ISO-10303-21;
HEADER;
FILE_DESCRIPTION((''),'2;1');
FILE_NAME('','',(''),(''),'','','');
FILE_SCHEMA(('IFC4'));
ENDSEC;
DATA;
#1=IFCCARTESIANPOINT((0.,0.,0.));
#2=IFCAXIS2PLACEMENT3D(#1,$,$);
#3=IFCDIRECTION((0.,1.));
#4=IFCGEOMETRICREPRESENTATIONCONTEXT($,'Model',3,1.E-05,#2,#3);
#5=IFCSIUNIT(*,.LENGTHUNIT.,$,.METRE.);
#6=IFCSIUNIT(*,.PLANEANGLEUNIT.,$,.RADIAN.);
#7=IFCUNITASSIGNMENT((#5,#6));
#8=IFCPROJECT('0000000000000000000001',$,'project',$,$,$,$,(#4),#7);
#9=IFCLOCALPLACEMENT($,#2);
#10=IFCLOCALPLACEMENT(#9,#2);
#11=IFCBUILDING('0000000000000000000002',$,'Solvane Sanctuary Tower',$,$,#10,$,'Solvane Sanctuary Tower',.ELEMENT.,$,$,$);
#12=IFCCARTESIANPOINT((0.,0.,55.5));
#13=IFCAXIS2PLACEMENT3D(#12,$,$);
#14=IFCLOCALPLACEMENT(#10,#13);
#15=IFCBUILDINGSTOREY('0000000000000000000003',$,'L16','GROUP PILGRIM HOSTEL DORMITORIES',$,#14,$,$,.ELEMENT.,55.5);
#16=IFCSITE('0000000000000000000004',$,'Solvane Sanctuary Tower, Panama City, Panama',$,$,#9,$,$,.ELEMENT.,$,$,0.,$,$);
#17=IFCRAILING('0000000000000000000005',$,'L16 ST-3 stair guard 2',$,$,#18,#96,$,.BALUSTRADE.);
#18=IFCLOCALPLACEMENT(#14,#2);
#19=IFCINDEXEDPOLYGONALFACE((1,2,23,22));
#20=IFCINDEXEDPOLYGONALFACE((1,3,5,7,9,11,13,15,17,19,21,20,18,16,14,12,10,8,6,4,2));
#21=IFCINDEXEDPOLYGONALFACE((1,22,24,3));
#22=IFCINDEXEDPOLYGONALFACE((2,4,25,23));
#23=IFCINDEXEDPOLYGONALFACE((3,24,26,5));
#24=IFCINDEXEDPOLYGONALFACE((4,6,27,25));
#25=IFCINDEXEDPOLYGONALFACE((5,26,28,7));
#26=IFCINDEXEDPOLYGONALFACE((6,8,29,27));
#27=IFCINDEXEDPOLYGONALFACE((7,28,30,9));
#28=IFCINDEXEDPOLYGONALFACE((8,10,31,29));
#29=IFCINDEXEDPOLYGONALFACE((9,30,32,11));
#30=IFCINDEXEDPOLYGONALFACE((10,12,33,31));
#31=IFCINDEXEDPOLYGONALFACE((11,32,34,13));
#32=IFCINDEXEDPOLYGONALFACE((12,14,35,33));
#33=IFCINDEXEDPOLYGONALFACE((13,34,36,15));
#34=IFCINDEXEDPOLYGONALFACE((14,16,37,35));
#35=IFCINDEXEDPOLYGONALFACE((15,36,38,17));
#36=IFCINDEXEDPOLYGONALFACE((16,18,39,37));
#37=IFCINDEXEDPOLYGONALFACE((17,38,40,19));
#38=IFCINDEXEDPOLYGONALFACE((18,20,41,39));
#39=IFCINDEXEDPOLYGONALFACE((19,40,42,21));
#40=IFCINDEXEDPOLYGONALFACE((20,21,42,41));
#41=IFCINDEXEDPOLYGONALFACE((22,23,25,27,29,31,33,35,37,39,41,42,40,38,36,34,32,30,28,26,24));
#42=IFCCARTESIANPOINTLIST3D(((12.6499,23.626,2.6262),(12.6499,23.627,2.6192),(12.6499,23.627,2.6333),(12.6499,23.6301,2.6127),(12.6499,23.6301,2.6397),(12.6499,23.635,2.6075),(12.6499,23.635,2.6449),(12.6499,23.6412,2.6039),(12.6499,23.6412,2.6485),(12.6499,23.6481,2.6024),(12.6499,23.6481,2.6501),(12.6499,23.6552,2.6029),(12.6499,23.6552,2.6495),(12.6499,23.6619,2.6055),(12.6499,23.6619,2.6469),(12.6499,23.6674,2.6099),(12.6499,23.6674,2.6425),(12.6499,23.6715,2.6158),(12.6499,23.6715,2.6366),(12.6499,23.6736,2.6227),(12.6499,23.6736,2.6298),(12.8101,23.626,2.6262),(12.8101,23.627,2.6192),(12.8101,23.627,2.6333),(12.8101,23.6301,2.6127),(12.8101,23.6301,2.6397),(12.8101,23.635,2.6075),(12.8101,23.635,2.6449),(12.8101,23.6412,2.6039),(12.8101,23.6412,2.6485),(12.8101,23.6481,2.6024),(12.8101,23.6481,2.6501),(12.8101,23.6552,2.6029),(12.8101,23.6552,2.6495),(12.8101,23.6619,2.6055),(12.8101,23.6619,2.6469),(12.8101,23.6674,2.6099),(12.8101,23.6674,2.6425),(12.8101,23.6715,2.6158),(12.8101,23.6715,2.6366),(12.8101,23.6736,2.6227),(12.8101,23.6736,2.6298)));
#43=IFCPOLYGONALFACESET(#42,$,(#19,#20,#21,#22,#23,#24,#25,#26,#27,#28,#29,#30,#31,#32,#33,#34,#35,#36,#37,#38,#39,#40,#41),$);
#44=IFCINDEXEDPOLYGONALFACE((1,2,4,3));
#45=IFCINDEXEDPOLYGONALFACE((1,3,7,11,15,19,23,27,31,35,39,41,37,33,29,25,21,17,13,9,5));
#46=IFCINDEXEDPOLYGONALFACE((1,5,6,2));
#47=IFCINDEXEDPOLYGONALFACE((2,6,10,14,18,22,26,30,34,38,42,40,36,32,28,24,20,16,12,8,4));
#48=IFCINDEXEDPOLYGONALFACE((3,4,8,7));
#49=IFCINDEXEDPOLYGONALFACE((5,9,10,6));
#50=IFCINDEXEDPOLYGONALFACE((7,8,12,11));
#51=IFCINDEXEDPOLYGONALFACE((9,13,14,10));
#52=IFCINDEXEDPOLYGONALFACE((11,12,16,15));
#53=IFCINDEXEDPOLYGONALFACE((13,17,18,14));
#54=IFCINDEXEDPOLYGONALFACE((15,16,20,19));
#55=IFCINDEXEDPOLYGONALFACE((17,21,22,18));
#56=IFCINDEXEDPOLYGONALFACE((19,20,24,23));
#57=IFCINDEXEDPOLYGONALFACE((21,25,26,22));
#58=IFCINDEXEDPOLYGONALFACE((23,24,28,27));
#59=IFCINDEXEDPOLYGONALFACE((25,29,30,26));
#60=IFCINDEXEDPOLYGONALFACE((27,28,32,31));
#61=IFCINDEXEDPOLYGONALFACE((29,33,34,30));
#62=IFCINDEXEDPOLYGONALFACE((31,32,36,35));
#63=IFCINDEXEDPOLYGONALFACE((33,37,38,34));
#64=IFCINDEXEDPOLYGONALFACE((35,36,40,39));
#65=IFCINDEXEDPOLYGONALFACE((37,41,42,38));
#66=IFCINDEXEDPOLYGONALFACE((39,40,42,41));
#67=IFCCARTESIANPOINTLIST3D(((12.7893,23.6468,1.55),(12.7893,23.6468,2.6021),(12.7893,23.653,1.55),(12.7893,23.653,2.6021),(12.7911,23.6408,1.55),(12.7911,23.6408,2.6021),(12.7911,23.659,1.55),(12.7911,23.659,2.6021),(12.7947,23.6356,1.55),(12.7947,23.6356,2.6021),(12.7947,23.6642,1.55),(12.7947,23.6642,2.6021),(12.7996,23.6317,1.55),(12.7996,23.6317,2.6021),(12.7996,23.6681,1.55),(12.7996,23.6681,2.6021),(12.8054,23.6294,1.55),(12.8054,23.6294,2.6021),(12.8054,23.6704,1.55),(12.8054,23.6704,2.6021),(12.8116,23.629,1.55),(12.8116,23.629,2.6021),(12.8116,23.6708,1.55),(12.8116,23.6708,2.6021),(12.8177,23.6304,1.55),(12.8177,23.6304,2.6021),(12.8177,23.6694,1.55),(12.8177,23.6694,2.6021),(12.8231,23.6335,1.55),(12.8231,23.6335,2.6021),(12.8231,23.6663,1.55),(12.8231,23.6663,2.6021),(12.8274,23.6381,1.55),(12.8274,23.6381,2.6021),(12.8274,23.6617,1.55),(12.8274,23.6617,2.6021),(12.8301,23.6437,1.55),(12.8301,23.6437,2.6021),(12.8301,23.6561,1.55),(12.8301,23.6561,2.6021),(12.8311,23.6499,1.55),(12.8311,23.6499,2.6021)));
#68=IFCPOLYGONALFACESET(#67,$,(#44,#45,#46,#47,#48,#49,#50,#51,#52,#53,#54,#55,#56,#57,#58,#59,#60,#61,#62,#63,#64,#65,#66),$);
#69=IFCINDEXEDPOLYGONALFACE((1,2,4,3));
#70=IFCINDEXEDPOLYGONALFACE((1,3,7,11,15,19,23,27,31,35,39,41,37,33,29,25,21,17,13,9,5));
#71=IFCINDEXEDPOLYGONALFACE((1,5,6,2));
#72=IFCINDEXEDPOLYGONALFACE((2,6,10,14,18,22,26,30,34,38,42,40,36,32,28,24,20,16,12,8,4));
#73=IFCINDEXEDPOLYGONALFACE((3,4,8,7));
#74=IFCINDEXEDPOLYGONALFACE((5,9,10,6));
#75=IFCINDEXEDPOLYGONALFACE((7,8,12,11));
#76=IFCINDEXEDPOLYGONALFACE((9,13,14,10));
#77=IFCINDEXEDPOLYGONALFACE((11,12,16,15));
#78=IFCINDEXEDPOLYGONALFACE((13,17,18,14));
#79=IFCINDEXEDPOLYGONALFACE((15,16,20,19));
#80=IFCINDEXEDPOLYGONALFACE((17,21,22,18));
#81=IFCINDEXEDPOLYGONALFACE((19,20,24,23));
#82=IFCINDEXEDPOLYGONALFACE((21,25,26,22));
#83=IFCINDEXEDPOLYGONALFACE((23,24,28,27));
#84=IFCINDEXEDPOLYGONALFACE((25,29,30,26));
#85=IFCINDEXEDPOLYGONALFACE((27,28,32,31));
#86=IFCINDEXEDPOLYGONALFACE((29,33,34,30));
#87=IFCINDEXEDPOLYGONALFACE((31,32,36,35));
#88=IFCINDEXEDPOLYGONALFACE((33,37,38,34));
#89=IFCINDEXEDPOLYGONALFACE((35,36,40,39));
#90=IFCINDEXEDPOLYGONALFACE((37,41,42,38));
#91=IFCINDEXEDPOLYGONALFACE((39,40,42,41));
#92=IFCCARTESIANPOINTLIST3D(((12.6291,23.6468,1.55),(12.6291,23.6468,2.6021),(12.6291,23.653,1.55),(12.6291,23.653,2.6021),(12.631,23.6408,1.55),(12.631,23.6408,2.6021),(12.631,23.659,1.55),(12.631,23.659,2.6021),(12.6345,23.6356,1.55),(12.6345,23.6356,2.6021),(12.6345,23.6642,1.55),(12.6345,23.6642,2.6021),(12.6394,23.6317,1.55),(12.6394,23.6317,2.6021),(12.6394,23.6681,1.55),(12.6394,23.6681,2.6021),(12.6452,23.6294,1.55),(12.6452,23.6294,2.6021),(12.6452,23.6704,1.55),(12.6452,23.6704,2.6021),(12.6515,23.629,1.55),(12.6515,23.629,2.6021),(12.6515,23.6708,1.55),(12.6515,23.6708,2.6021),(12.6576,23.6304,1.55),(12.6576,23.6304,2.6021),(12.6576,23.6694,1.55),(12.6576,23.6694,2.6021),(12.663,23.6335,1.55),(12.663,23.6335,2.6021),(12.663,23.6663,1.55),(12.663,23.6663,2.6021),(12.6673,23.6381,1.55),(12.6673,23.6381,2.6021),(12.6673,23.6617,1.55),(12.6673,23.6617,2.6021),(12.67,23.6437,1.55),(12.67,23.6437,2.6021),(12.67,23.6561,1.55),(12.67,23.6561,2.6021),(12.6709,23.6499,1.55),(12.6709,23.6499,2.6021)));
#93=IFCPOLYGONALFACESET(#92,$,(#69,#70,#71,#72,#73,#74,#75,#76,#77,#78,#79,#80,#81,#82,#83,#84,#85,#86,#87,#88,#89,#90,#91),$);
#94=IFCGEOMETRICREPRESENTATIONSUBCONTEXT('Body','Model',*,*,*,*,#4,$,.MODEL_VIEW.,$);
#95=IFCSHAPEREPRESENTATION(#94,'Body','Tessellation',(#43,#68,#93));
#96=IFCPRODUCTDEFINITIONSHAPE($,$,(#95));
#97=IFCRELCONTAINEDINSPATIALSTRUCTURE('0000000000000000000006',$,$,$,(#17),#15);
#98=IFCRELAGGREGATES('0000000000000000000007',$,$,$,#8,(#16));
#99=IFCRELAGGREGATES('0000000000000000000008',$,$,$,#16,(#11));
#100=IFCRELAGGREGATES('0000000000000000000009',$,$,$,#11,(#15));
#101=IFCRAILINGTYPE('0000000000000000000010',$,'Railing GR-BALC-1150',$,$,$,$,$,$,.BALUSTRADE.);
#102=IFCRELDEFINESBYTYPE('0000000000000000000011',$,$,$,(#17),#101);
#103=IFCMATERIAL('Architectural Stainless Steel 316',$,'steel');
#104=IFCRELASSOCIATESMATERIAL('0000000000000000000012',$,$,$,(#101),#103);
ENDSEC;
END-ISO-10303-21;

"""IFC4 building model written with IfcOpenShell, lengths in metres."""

from ifc_helpers import new_model, si_unit, direction, frame, origin, origin_2d, place, context, subcontext, project, spatial, circle, extrude, material, type_object, element, save


model = new_model("IFC4")

# Units and contexts
model_context = context("Model", 3, precision=1e-05, world=origin(), true_north=direction((0.0, 1.0)))
body_context = subcontext(model_context, "Body", "Model", "MODEL_VIEW")
ifc_project = project(units=[si_unit("LENGTHUNIT", "METRE"), si_unit("PLANEANGLEUNIT", "RADIAN")], contexts=[model_context])

# Site, building, storey
site_placement = place(None, origin())
site = spatial("IfcSite", under=ifc_project, at=site_placement, Name="Solvane Sanctuary Tower, Panama City, Panama", CompositionType="ELEMENT", RefElevation=0.0)
building_placement = place(site_placement, origin())
building = spatial("IfcBuilding", under=site, at=building_placement, Name="Solvane Sanctuary Tower", LongName="Solvane Sanctuary Tower", CompositionType="ELEMENT")
storey_placement = place(building_placement, frame((0.0, 0.0, 55.5)))
storey = spatial("IfcBuildingStorey", under=building, at=storey_placement, Name="L16", Description="GROUP PILGRIM HOSTEL DORMITORIES", CompositionType="ELEMENT", Elevation=55.5)

# Railing
ifc_material_1 = material(Name="Architectural Stainless Steel 316", Category="steel")
railing_type_1 = type_object("IfcRailingType", Name="Railing GR-BALC-1150", PredefinedType="BALUSTRADE", material=ifc_material_1)
railing_1_placement = place(storey_placement, frame((12.8101, 23.6499, 1.55)))
element("IfcRailing", 1, at=railing_1_placement, inside=storey, type_object=railing_type_1, Name="L16 ST-3 stair guard 2", PredefinedType="BALUSTRADE", context=body_context, shape_type="SweptSolid", body=[
    extrude(circle(Radius=0.0239, at=origin_2d()), frame((0.0, 0.0, 1.0762), z_axis=(-1.0, 0.0, 0.0), x_axis=(0.0, -1.0, 0.0)), (0.0, 0.0, 1.0), 0.1602),
    extrude(circle(Radius=0.021, at=origin_2d()), origin(), (0.0, 0.0, 1.0), 1.052),
    extrude(circle(Radius=0.021, at=origin_2d()), frame((-0.1602, 0.0, 0.0)), (0.0, 0.0, 1.0), 1.052),
])

save(model, "model.ifc")
